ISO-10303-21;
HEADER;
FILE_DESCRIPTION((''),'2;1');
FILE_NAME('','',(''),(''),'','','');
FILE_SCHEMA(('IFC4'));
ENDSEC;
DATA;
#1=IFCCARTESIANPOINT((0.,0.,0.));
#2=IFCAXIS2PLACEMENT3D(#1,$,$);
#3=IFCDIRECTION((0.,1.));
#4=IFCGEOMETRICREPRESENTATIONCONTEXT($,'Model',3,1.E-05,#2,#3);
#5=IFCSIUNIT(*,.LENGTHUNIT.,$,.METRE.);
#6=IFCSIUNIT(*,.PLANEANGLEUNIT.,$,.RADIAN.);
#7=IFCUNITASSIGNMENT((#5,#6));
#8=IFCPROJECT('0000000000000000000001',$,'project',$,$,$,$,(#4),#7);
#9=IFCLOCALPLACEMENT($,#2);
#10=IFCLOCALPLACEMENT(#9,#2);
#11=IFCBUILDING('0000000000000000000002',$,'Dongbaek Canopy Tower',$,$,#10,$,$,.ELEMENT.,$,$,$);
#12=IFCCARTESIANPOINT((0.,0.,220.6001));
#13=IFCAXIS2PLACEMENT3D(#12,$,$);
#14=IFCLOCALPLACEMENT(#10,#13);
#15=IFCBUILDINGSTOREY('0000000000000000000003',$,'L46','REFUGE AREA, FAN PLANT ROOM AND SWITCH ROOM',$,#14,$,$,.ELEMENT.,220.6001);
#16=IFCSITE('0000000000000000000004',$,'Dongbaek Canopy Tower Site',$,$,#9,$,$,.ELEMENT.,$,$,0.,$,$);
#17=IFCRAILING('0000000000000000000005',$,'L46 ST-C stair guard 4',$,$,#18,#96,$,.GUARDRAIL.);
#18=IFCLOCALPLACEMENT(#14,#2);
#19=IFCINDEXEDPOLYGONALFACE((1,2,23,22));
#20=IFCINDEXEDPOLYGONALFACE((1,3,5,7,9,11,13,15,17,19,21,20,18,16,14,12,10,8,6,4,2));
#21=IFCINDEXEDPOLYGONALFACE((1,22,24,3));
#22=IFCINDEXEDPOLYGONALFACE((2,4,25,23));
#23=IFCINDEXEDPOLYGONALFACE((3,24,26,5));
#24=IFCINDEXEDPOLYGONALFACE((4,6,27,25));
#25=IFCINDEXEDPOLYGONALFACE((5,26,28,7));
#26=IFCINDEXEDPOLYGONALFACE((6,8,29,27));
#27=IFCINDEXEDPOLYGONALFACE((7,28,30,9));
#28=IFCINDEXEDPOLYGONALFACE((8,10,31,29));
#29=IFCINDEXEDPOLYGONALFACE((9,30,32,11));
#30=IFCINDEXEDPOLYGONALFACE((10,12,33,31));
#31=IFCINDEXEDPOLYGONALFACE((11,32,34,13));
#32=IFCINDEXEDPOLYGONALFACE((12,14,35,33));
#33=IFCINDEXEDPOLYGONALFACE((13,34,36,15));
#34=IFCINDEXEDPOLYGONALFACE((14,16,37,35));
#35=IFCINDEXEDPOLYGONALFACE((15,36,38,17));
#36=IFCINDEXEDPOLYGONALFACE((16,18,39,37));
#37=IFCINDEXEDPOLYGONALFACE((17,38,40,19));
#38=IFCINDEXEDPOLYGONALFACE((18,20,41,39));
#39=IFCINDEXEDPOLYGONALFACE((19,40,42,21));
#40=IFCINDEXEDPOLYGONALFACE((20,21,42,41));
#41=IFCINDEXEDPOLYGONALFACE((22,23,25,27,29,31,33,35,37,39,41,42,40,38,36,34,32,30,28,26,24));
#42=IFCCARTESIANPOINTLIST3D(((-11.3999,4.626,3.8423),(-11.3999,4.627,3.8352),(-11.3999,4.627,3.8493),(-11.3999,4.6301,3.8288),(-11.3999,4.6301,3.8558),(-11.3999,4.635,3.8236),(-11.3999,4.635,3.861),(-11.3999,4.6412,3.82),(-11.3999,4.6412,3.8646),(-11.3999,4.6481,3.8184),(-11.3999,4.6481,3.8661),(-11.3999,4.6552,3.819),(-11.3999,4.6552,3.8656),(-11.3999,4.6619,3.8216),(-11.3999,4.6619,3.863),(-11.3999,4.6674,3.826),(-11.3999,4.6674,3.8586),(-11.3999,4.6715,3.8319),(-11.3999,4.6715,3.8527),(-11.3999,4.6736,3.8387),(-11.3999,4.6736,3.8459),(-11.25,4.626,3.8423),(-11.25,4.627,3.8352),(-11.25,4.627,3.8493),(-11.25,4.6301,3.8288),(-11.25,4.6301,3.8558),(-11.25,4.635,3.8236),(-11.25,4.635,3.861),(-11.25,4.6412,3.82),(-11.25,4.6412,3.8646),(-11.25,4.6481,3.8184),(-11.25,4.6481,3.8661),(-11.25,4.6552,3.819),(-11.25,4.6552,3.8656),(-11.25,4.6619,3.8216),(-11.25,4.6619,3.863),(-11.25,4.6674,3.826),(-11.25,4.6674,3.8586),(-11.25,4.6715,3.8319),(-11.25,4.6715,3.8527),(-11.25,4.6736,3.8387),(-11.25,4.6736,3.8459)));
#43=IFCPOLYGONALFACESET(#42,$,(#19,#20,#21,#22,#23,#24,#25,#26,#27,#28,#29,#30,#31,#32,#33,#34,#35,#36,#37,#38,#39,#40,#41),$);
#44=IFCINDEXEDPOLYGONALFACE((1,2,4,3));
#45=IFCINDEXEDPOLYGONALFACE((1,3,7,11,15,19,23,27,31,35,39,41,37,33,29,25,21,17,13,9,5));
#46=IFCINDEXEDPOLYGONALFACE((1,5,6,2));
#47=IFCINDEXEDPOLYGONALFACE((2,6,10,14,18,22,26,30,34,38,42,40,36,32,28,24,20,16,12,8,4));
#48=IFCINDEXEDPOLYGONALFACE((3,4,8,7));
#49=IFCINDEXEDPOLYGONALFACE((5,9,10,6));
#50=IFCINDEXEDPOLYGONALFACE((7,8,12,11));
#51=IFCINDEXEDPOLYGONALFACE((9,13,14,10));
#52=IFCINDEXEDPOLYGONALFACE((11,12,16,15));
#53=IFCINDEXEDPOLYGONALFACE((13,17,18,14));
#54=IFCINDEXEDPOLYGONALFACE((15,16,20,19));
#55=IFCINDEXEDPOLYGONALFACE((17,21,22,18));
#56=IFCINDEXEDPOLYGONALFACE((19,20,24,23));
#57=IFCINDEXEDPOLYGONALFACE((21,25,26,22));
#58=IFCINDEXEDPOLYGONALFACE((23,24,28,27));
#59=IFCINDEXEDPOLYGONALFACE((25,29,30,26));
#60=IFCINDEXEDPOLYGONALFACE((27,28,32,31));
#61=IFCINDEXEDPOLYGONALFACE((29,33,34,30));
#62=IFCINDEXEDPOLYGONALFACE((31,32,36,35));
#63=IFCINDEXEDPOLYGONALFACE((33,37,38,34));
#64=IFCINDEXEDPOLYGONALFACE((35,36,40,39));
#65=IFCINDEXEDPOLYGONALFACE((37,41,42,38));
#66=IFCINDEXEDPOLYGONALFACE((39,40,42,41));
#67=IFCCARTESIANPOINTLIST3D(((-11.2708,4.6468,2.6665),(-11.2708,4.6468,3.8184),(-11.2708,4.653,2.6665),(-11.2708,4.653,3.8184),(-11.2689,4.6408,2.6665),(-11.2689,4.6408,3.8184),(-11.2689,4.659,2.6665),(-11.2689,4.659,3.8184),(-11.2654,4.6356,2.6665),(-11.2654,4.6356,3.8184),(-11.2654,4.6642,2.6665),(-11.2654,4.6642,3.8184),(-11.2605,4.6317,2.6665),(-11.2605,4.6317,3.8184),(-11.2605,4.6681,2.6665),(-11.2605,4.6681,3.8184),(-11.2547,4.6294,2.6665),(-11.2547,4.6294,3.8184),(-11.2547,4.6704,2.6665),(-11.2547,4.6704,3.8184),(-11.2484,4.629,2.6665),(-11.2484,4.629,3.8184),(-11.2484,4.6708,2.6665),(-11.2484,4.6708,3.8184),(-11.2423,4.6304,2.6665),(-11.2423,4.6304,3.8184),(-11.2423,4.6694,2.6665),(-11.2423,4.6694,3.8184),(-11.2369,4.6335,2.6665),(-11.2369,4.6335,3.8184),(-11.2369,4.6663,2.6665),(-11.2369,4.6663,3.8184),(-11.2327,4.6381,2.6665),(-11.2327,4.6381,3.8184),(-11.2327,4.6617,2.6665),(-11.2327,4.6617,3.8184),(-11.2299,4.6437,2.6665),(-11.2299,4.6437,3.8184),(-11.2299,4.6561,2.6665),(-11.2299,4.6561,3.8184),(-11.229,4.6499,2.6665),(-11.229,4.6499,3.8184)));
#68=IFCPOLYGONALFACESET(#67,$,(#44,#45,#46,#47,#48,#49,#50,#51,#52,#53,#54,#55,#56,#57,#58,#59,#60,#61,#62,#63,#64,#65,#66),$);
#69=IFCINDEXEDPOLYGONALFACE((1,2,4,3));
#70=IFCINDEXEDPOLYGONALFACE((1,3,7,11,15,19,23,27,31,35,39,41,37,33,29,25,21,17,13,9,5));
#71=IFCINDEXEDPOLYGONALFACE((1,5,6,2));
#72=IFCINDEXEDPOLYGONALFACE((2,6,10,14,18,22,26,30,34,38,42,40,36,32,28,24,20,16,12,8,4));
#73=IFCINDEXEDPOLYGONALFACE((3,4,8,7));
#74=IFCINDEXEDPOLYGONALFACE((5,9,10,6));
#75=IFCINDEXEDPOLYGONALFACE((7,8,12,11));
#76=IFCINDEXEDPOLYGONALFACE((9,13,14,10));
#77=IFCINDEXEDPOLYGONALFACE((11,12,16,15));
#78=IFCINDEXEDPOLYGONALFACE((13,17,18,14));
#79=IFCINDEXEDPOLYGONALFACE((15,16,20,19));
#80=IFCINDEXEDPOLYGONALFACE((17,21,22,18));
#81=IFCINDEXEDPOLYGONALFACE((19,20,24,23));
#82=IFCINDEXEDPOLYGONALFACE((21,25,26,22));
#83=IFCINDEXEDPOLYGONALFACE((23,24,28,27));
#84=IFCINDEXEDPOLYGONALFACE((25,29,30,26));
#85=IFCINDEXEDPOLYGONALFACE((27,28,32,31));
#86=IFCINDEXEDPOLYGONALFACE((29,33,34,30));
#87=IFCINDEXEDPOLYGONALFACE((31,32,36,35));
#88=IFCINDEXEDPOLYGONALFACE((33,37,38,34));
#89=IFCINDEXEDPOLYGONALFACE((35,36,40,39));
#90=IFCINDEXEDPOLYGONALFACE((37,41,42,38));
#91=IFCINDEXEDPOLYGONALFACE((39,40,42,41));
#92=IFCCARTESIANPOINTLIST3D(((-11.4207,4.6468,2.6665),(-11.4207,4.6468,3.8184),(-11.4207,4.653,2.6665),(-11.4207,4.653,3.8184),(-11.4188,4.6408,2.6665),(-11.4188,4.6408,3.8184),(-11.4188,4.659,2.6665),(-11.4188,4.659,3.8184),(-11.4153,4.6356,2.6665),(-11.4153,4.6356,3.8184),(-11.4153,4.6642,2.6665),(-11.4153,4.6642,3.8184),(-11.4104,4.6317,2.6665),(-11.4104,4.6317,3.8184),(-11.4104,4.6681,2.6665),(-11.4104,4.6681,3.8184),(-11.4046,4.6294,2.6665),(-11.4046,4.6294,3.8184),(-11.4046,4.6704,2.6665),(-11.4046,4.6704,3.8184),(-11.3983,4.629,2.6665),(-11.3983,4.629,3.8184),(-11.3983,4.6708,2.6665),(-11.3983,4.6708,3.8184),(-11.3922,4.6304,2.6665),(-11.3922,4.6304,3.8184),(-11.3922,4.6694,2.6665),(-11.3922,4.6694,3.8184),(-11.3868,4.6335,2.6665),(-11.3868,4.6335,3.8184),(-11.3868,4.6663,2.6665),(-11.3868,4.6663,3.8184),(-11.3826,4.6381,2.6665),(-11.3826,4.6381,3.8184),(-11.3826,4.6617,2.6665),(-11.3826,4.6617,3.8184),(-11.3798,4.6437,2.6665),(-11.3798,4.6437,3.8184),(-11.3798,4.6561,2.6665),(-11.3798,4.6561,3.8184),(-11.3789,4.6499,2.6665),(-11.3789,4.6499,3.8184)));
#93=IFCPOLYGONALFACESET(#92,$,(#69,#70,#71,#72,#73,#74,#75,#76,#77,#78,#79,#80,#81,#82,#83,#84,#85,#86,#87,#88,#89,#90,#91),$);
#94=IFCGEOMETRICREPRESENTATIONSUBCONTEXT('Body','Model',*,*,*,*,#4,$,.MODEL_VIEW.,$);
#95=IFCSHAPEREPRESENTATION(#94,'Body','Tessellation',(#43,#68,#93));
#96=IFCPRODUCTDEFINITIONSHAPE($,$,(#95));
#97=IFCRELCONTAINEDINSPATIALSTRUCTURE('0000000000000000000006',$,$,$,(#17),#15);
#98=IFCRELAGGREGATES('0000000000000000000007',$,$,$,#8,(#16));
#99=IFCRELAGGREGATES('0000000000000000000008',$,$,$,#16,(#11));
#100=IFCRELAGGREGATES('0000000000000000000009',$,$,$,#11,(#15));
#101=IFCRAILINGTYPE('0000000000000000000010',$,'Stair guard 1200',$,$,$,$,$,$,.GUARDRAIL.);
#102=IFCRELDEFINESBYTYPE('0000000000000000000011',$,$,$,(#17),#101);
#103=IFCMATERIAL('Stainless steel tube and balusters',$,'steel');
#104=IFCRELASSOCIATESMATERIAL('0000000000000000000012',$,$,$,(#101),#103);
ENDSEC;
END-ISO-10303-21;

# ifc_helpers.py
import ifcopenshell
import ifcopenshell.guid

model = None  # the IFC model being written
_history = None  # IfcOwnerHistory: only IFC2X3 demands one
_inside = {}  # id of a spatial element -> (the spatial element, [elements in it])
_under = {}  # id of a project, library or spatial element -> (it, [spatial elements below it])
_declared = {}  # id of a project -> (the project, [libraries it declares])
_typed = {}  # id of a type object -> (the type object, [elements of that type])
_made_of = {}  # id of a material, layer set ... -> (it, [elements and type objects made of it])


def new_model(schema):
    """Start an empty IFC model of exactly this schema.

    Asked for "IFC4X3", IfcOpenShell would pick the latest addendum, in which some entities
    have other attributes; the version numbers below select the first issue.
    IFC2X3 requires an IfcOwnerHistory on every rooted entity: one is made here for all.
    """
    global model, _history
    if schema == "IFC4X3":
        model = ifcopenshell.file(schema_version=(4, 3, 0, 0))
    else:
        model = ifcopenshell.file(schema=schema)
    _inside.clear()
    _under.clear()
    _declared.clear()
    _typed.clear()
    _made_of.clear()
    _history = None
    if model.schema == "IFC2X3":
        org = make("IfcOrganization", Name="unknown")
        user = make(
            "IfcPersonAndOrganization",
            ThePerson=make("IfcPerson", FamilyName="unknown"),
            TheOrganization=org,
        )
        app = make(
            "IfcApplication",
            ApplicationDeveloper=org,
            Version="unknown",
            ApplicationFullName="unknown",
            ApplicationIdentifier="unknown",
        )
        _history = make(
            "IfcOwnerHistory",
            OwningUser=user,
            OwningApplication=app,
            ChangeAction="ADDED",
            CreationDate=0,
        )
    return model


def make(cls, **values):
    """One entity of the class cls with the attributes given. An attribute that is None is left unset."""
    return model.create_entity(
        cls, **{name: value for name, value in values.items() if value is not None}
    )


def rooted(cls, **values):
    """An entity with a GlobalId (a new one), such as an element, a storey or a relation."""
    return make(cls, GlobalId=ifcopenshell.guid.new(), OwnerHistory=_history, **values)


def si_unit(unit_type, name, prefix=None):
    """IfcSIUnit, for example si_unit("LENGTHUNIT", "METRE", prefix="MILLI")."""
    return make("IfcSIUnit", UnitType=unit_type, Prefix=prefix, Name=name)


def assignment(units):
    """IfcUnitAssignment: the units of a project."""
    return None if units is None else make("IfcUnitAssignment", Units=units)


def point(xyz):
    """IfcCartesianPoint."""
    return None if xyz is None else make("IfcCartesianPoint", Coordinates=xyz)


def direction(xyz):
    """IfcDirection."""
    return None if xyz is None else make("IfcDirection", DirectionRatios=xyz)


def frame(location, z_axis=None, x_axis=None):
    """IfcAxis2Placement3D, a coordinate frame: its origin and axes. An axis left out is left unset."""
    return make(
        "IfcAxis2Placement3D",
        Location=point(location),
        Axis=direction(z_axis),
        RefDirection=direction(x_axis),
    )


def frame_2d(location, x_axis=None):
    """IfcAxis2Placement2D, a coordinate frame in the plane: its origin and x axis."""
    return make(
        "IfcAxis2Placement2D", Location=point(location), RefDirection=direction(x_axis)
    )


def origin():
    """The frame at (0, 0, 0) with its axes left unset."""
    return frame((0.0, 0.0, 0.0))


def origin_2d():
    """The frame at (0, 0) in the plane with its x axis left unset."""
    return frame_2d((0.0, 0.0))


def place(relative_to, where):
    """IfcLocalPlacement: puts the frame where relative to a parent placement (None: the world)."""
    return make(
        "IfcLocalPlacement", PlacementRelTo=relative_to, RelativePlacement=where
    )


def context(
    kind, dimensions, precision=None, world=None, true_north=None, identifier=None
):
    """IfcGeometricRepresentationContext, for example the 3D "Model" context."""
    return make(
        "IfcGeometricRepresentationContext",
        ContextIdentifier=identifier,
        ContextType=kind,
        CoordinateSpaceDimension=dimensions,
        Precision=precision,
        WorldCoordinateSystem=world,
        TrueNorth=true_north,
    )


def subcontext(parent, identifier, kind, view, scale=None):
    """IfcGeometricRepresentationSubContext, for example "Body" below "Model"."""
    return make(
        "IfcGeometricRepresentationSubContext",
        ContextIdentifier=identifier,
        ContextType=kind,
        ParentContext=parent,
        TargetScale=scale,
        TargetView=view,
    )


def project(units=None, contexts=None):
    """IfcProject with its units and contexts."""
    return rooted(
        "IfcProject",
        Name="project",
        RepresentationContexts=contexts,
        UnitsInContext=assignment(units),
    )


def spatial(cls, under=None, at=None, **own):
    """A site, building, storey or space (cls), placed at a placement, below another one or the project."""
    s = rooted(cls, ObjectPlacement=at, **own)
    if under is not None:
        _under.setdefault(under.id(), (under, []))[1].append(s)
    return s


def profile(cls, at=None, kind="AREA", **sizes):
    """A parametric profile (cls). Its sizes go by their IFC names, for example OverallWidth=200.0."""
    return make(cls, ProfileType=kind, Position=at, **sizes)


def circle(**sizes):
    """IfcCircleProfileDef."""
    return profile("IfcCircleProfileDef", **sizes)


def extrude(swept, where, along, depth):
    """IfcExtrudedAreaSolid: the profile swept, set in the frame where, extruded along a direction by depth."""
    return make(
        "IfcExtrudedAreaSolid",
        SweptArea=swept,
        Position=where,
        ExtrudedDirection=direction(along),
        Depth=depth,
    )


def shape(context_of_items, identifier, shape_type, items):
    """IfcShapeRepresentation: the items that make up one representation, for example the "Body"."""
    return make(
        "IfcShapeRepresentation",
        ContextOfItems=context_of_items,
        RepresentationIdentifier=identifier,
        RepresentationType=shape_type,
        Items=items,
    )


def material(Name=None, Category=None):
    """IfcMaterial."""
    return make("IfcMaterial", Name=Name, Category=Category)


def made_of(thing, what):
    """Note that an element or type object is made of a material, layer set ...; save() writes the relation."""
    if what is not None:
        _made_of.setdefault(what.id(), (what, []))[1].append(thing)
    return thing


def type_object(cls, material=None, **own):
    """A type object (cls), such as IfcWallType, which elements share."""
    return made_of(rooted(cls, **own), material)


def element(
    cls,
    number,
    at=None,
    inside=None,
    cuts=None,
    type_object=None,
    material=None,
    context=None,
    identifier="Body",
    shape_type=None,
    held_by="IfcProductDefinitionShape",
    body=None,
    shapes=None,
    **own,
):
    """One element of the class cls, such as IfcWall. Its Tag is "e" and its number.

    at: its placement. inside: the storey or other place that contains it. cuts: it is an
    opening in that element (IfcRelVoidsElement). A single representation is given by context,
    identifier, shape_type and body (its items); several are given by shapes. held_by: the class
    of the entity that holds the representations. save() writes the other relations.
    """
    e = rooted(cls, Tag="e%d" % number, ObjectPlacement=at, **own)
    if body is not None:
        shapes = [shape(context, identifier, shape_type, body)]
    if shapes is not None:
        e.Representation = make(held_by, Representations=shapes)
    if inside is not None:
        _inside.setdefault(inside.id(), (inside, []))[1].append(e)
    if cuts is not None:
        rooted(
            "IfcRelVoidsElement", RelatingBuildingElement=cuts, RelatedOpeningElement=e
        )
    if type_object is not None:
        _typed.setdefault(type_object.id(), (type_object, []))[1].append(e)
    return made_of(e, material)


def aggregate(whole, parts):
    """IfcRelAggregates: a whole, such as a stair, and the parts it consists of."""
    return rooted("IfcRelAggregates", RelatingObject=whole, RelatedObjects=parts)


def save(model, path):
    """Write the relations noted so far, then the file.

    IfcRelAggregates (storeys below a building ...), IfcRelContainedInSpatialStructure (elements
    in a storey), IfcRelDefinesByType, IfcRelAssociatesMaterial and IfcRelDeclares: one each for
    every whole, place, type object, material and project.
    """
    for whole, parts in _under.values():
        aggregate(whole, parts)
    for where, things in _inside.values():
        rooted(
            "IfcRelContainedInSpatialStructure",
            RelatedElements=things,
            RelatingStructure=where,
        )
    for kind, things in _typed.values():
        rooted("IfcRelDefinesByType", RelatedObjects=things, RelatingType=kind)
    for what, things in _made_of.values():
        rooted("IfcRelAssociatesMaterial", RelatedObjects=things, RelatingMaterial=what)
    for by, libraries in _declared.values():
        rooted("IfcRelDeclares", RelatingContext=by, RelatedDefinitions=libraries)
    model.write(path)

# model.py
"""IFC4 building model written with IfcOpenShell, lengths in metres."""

from ifc_helpers import new_model, si_unit, direction, frame, origin, origin_2d, place, context, subcontext, project, spatial, circle, extrude, material, type_object, element, save


model = new_model("IFC4")

# Units and contexts
model_context = context("Model", 3, precision=1e-05, world=origin(), true_north=direction((0.0, 1.0)))
body_context = subcontext(model_context, "Body", "Model", "MODEL_VIEW")
ifc_project = project(units=[si_unit("LENGTHUNIT", "METRE"), si_unit("PLANEANGLEUNIT", "RADIAN")], contexts=[model_context])

# Site, building, storey
site_placement = place(None, origin())
site = spatial("IfcSite", under=ifc_project, at=site_placement, Name="Dongbaek Canopy Tower Site", CompositionType="ELEMENT", RefElevation=0.0)
building_placement = place(site_placement, origin())
building = spatial("IfcBuilding", under=site, at=building_placement, Name="Dongbaek Canopy Tower", CompositionType="ELEMENT")
storey_placement = place(building_placement, frame((0.0, 0.0, 220.6001)))
storey = spatial("IfcBuildingStorey", under=building, at=storey_placement, Name="L46", Description="REFUGE AREA, FAN PLANT ROOM AND SWITCH ROOM", CompositionType="ELEMENT", Elevation=220.6001)

# Railing
ifc_material_1 = material(Name="Stainless steel tube and balusters", Category="steel")
railing_type = type_object("IfcRailingType", Name="Stair guard 1200", PredefinedType="GUARDRAIL", material=ifc_material_1)
railing_1_placement = place(storey_placement, frame((-11.25, 4.6499, 2.6665)))
element("IfcRailing", 1, at=railing_1_placement, inside=storey, type_object=railing_type, Name="L46 ST-C stair guard 4", PredefinedType="GUARDRAIL", context=body_context, shape_type="SweptSolid", body=[
    extrude(circle(Radius=0.0239, at=origin_2d()), frame((0.0, 0.0, 1.1758), z_axis=(-1.0, 0.0, 0.0), x_axis=(0.0, -1.0, 0.0)), (0.0, 0.0, 1.0), 0.1499),
    extrude(circle(Radius=0.021, at=origin_2d()), origin(), (0.0, 0.0, 1.0), 1.1519),
    extrude(circle(Radius=0.021, at=origin_2d()), frame((-0.1499, 0.0, 0.0)), (0.0, 0.0, 1.0), 1.1519),
])

save(model, "model.ifc")
